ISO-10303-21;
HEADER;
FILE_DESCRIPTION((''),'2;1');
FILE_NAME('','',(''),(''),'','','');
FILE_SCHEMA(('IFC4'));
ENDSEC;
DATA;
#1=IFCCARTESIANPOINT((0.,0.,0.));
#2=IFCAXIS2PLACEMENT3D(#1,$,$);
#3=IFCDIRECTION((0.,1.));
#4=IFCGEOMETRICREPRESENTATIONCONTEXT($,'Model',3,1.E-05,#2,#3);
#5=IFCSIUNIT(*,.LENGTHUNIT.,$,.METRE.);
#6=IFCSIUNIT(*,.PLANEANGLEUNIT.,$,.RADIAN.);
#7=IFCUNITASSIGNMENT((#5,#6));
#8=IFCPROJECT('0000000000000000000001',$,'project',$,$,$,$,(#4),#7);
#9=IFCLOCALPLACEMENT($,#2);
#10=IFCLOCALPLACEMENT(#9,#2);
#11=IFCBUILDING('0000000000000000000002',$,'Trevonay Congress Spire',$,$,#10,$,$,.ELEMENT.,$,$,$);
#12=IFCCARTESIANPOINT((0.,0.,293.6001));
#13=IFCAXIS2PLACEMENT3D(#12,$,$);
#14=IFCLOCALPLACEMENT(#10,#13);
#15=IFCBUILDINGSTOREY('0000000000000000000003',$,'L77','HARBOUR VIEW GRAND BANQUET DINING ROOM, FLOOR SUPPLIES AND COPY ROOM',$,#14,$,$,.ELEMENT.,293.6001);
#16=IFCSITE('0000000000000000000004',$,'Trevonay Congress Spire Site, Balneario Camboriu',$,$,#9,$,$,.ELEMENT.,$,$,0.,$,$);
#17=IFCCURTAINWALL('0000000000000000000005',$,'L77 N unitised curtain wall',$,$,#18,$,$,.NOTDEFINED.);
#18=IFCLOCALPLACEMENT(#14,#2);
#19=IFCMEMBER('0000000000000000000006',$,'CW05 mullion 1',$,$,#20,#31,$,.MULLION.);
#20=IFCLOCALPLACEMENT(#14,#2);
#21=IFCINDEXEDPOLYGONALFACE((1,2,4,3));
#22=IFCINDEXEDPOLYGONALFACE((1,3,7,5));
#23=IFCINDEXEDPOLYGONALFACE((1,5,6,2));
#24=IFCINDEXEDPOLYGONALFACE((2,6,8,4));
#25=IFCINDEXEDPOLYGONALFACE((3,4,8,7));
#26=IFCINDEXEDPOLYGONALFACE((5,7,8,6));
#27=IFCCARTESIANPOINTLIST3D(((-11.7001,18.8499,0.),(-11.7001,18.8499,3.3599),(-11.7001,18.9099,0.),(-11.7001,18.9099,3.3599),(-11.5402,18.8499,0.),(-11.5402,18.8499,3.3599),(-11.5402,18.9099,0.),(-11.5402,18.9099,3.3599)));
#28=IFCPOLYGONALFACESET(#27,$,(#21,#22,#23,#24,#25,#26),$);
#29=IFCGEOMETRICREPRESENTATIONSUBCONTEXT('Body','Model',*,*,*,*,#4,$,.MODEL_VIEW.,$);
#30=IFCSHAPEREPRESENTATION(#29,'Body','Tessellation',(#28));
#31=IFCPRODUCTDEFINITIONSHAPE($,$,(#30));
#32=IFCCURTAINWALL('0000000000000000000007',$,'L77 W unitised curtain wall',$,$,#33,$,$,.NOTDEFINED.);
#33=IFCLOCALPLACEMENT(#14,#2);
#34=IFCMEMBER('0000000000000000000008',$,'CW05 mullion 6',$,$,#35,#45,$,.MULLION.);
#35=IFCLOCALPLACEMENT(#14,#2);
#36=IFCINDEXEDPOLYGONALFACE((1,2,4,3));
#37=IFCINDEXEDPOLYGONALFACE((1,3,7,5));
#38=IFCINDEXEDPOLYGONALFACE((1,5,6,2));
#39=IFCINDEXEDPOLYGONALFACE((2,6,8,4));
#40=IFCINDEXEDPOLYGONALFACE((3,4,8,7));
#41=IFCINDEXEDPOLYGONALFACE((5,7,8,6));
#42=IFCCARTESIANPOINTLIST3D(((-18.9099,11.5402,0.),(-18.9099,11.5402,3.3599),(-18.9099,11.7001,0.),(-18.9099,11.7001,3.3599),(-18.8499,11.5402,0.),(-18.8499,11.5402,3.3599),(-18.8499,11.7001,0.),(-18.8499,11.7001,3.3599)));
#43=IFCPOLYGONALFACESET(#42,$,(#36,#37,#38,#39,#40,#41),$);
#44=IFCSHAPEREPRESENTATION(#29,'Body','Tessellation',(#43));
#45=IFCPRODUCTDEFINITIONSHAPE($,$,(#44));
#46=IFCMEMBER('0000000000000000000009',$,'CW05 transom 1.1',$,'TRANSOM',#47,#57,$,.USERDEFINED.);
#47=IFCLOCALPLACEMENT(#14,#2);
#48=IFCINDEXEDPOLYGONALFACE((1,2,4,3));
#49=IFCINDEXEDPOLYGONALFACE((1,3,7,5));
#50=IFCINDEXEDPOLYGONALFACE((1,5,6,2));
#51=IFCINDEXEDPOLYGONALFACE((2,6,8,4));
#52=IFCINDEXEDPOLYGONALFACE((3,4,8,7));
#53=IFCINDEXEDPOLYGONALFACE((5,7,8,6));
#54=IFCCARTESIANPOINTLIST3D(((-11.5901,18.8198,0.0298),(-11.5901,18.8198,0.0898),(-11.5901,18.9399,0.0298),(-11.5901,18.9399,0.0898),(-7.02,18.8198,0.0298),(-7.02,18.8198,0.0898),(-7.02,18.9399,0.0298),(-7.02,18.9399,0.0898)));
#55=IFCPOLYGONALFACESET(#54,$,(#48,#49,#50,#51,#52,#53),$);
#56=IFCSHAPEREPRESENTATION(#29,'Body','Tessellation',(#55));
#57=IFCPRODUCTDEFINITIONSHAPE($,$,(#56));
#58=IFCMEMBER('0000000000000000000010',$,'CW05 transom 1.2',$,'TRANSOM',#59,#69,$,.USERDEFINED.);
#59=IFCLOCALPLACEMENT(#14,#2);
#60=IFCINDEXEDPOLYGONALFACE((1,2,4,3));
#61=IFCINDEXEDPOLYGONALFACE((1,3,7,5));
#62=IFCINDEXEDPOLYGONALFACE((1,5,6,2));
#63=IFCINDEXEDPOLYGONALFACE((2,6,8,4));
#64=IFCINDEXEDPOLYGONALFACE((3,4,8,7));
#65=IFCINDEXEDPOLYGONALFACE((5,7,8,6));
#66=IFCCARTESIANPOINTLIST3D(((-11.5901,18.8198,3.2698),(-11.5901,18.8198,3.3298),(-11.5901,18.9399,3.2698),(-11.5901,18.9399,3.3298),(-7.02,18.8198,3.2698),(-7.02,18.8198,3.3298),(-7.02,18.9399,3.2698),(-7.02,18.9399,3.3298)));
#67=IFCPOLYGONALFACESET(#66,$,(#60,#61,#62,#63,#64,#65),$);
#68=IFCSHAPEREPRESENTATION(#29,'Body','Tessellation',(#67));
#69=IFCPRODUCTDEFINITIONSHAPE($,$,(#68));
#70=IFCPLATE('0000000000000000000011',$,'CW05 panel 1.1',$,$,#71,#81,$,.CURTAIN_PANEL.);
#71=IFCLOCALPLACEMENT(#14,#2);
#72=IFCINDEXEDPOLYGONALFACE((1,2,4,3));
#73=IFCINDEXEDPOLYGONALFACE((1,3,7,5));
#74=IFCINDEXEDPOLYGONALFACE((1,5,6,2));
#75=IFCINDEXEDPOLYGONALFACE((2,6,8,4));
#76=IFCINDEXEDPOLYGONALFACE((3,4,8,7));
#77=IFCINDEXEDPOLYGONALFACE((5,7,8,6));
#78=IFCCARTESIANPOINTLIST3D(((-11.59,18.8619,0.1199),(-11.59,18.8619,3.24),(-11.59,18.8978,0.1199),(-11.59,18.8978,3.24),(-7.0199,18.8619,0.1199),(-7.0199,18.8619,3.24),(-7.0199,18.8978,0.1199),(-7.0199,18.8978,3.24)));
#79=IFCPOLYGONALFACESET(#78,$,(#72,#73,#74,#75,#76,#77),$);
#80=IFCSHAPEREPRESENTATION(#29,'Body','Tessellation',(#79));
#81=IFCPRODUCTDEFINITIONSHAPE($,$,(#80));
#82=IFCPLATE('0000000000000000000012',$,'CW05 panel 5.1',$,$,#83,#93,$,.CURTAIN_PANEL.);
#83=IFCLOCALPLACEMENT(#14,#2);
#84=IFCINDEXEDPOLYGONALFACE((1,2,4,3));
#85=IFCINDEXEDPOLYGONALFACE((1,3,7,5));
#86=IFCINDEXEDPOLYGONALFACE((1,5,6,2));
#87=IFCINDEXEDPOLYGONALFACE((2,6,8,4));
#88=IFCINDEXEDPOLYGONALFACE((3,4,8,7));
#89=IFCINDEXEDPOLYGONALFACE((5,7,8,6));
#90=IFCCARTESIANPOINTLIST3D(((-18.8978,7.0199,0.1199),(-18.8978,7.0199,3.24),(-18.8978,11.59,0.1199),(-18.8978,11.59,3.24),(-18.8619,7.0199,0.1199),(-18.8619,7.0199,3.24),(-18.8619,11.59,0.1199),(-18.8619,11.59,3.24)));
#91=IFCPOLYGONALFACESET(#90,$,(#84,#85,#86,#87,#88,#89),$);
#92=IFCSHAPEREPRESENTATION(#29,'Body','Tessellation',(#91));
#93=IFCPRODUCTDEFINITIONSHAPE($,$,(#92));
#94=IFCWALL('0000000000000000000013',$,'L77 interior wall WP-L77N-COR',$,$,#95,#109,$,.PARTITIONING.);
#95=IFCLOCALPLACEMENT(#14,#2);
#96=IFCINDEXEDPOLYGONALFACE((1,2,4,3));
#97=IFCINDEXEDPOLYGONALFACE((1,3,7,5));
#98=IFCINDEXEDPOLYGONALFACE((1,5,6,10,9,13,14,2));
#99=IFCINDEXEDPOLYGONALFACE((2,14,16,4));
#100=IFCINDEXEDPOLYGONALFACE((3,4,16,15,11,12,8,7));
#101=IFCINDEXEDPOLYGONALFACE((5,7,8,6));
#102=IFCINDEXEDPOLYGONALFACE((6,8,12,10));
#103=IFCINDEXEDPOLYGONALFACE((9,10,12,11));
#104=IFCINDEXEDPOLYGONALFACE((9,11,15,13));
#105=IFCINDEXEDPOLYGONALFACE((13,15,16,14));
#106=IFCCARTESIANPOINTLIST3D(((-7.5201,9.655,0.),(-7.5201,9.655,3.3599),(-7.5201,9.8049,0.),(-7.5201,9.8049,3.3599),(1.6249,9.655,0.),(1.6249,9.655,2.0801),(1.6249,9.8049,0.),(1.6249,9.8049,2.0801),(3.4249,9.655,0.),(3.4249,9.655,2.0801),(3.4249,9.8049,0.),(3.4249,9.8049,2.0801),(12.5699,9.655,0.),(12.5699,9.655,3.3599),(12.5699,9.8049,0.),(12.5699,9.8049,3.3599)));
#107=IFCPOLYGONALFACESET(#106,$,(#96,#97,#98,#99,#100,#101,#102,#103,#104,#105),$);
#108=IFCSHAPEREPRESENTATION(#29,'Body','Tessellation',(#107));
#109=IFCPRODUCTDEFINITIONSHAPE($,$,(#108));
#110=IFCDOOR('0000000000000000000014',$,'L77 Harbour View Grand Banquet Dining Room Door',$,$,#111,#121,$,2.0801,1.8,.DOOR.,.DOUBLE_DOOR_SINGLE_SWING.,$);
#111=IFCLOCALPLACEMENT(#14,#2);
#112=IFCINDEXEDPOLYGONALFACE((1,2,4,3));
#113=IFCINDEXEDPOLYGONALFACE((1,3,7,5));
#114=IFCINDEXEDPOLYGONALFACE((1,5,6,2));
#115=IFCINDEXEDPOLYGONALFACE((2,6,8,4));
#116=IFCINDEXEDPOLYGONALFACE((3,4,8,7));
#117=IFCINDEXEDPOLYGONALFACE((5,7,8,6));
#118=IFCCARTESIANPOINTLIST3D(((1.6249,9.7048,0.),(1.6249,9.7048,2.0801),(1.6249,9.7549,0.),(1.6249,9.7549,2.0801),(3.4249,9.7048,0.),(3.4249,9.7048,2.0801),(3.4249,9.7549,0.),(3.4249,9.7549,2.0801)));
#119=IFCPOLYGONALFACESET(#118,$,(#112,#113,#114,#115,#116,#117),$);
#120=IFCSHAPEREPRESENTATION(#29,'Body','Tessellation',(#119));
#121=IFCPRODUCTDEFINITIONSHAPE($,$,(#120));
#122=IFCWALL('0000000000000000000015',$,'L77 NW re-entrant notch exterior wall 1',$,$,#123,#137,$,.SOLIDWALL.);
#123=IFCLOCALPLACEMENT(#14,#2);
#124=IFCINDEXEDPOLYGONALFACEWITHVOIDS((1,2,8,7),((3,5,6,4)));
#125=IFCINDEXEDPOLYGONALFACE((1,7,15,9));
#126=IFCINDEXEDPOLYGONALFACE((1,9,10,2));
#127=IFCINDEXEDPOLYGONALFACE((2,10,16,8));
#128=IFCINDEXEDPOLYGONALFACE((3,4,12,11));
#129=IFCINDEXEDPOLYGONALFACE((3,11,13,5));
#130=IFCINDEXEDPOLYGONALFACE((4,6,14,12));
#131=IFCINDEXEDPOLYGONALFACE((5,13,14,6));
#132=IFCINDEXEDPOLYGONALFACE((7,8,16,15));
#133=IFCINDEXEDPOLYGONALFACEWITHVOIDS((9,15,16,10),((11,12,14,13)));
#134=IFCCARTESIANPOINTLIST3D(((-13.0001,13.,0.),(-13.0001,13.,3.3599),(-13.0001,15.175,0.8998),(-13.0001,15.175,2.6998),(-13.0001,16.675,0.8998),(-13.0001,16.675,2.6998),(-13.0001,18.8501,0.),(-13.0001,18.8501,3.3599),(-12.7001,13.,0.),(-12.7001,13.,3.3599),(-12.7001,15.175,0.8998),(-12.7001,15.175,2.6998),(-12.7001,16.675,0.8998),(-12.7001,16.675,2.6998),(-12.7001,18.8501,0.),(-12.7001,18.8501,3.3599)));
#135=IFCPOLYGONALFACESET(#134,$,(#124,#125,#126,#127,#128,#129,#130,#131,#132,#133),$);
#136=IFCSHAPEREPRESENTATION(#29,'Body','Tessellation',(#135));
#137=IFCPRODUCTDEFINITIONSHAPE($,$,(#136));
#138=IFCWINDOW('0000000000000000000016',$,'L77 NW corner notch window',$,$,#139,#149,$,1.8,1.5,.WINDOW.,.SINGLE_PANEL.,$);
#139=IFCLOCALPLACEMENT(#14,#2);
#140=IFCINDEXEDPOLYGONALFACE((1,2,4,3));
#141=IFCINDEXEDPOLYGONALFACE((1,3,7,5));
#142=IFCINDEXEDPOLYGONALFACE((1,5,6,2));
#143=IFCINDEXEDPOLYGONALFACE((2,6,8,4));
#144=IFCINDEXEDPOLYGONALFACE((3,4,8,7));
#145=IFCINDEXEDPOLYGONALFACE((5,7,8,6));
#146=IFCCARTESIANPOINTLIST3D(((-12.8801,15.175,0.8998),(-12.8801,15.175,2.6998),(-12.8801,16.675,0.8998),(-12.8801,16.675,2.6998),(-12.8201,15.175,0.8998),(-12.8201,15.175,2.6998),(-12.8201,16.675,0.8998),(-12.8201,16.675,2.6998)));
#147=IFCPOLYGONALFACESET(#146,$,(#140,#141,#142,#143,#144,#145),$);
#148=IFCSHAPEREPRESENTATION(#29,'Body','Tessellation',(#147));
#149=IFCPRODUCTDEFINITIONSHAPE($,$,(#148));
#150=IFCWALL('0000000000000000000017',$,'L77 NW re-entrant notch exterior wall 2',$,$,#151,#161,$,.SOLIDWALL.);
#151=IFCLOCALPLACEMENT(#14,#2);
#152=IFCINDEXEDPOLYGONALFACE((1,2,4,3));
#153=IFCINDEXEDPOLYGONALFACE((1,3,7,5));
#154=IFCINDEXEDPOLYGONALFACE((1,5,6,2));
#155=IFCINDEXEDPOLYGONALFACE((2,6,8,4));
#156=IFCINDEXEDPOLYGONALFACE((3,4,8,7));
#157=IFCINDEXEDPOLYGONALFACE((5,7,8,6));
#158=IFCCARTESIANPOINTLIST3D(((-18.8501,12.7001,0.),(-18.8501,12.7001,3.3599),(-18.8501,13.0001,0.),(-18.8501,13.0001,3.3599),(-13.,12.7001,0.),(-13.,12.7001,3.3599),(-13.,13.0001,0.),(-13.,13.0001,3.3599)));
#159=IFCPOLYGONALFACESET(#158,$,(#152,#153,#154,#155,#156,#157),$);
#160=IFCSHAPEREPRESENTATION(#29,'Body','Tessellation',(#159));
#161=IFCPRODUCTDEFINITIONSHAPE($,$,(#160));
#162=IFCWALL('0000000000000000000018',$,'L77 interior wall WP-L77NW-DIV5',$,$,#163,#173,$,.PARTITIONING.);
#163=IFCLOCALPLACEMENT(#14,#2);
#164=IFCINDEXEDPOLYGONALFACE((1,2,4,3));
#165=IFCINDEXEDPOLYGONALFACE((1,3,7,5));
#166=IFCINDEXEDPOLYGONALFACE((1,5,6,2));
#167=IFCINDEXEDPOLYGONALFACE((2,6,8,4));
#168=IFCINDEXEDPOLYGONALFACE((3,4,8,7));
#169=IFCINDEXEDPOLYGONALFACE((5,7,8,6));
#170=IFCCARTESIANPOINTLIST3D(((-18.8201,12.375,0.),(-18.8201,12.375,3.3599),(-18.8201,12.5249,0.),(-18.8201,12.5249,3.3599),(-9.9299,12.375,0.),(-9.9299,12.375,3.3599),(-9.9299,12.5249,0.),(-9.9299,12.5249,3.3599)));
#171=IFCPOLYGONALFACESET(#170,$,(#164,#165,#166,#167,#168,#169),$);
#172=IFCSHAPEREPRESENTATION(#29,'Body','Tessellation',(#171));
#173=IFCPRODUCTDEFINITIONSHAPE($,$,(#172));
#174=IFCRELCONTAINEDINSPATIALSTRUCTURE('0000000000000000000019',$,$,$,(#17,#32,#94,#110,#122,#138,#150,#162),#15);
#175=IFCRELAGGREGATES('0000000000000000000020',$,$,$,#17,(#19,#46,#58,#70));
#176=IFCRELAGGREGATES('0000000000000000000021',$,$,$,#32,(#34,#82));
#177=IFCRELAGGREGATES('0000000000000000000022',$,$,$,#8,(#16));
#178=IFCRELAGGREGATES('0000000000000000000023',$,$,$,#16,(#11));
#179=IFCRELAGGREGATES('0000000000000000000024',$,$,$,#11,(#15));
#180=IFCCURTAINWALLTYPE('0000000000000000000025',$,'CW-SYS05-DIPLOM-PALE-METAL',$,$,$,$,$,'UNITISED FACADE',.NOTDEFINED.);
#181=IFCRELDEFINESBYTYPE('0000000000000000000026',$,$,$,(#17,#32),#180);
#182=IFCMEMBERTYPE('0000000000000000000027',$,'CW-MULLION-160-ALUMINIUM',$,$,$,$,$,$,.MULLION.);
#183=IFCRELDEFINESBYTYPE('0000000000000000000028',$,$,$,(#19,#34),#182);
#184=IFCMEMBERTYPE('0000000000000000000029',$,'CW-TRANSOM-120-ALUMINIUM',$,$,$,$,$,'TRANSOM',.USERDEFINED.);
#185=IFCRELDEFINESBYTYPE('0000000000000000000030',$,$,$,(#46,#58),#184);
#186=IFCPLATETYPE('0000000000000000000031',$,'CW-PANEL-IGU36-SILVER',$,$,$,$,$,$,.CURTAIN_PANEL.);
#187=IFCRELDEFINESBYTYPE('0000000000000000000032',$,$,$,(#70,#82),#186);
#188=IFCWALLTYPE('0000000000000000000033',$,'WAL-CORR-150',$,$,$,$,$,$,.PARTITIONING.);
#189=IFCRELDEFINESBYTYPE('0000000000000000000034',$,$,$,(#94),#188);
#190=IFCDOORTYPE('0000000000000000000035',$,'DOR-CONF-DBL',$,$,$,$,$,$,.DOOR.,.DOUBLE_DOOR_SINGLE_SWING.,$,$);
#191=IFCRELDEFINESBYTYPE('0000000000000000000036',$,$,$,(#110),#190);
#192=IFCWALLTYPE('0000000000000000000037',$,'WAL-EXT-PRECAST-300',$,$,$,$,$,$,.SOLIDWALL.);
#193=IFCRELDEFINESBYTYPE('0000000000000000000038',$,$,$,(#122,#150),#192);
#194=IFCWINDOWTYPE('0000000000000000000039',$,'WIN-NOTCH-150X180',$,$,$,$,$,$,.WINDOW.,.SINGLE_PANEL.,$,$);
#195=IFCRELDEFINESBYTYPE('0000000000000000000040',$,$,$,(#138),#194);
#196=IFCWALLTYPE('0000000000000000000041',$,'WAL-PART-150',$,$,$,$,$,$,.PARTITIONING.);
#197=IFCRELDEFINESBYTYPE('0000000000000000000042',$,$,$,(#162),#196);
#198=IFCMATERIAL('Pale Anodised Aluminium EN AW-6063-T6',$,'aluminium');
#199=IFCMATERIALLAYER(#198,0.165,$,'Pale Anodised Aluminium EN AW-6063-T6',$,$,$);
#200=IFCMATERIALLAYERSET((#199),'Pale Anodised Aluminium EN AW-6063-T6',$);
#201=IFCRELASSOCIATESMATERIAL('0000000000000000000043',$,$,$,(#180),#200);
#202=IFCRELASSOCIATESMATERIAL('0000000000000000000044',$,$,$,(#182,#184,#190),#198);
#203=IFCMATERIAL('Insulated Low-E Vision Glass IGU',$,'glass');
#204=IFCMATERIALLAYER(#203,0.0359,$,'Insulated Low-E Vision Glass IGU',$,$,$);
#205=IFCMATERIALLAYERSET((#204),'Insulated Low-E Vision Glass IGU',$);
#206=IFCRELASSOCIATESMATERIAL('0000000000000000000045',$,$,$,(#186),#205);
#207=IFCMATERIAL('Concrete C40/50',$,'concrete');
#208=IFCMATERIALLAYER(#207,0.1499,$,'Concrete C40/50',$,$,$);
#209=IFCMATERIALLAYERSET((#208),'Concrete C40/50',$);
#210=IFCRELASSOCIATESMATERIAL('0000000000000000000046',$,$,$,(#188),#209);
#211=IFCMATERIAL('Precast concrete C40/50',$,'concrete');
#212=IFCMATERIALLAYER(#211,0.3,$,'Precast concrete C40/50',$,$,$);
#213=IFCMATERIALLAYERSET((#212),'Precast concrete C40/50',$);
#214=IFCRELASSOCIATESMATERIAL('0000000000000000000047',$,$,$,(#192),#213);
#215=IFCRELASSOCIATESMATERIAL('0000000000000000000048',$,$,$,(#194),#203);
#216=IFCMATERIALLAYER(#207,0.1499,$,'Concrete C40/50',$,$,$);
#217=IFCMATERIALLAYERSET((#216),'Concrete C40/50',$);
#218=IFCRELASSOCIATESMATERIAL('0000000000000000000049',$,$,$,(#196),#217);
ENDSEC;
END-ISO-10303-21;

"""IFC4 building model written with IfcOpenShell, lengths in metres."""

from ifc_helpers import new_model, si_unit, direction, frame, frame_2d, origin, origin_2d, place, context, subcontext, project, spatial, rectangle, extrude, material, layer, layer_set, material_profile, profile_set, type_object, element, fill, aggregate, save


model = new_model("IFC4")

# Units and contexts
model_context = context("Model", 3, precision=1e-05, world=origin(), true_north=direction((0.0, 1.0)))
body_context = subcontext(model_context, "Body", "Model", "MODEL_VIEW")
ifc_project = project(units=[si_unit("LENGTHUNIT", "METRE"), si_unit("PLANEANGLEUNIT", "RADIAN")], contexts=[model_context])

# Site, building, storey
site_placement = place(None, origin())
site = spatial("IfcSite", under=ifc_project, at=site_placement, Name="Trevonay Congress Spire Site, Balneario Camboriu", CompositionType="ELEMENT", RefElevation=0.0)
building_placement = place(site_placement, origin())
building = spatial("IfcBuilding", under=site, at=building_placement, Name="Trevonay Congress Spire", CompositionType="ELEMENT")
storey_placement = place(building_placement, frame((0.0, 0.0, 293.6001)))
storey = spatial("IfcBuildingStorey", under=building, at=storey_placement, Name="L77", Description="HARBOUR VIEW GRAND BANQUET DINING ROOM, FLOOR SUPPLIES AND COPY ROOM", CompositionType="ELEMENT", Elevation=293.6001)

# Curtain walls, members
ifc_material_1 = material(Name="Pale Anodised Aluminium EN AW-6063-T6", Category="aluminium")
ifc_layer_1 = layer(ifc_material_1, 0.165, Name="Pale Anodised Aluminium EN AW-6063-T6")
ifc_layer_set_1 = layer_set([ifc_layer_1], Name="Pale Anodised Aluminium EN AW-6063-T6")
curtain_wall_type = type_object("IfcCurtainWallType", Name="CW-SYS05-DIPLOM-PALE-METAL", ElementType="UNITISED FACADE", PredefinedType="NOTDEFINED", material=ifc_layer_set_1)
curtain_wall_1_placement = place(storey_placement, origin())
curtain_wall_1 = element("IfcCurtainWall", 1, at=curtain_wall_1_placement, inside=storey, type_object=curtain_wall_type, Name="L77 N unitised curtain wall", PredefinedType="NOTDEFINED")
ifc_material_profile_1 = material_profile(ifc_material_1, rectangle(XDim=0.0601, YDim=0.1599, at=origin_2d()), Name="CW-MULLION-160-ALUMINIUM")
ifc_profile_set_1 = profile_set([ifc_material_profile_1], Name="Pale Anodised Aluminium EN AW-6063-T6")
member_type_1 = type_object("IfcMemberType", Name="CW-MULLION-160-ALUMINIUM", PredefinedType="MULLION", material=ifc_profile_set_1)
member_1_placement = place(storey_placement, frame((-11.6201, 18.8799, 0.0), z_axis=(0.0, 0.0, 1.0), x_axis=(0.0, 1.0, 0.0)))
member_1 = element("IfcMember", 2, at=member_1_placement, type_object=member_type_1, Name="CW05 mullion 1", PredefinedType="MULLION", context=body_context, shape_type="SweptSolid", body=[
    extrude(rectangle(XDim=0.0601, YDim=0.1599, at=origin_2d()), origin(), (0.0, 0.0, 1.0), 3.3599),
])
curtain_wall_2_placement = place(storey_placement, origin())
curtain_wall_2 = element("IfcCurtainWall", 3, at=curtain_wall_2_placement, inside=storey, type_object=curtain_wall_type, Name="L77 W unitised curtain wall", PredefinedType="NOTDEFINED")
member_2_placement = place(storey_placement, frame((-18.8799, 11.6201, 0.0), z_axis=(0.0, 0.0, 1.0), x_axis=(-1.0, 0.0, 0.0)))
member_2 = element("IfcMember", 4, at=member_2_placement, type_object=member_type_1, Name="CW05 mullion 6", PredefinedType="MULLION", context=body_context, shape_type="SweptSolid", body=[
    extrude(rectangle(XDim=0.0601, YDim=0.1599, at=origin_2d()), origin(), (0.0, 0.0, 1.0), 3.3599),
])

# Members
ifc_material_profile_2 = material_profile(ifc_material_1, rectangle(XDim=0.1201, YDim=0.0601, at=origin_2d()), Name="CW-TRANSOM-120-ALUMINIUM")
ifc_profile_set_2 = profile_set([ifc_material_profile_2], Name="Pale Anodised Aluminium EN AW-6063-T6")
member_type_2 = type_object("IfcMemberType", Name="CW-TRANSOM-120-ALUMINIUM", ElementType="TRANSOM", PredefinedType="USERDEFINED", material=ifc_profile_set_2)
member_3_placement = place(storey_placement, frame((-11.5901, 18.8799, 0.0598), z_axis=(1.0, 0.0, 0.0), x_axis=(0.0, 1.0, 0.0)))
member_3 = element("IfcMember", 5, at=member_3_placement, type_object=member_type_2, Name="CW05 transom 1.1", ObjectType="TRANSOM", PredefinedType="USERDEFINED", context=body_context, shape_type="SweptSolid", body=[
    extrude(rectangle(XDim=0.1201, YDim=0.0601, at=origin_2d()), origin(), (0.0, 0.0, 1.0), 4.5701),
])
member_4_placement = place(storey_placement, frame((-11.5901, 18.8799, 3.2998), z_axis=(1.0, 0.0, 0.0), x_axis=(0.0, 1.0, 0.0)))
member_4 = element("IfcMember", 6, at=member_4_placement, type_object=member_type_2, Name="CW05 transom 1.2", ObjectType="TRANSOM", PredefinedType="USERDEFINED", context=body_context, shape_type="SweptSolid", body=[
    extrude(rectangle(XDim=0.1201, YDim=0.0601, at=origin_2d()), origin(), (0.0, 0.0, 1.0), 4.5701),
])

# Plates
ifc_material_2 = material(Name="Insulated Low-E Vision Glass IGU", Category="glass")
ifc_layer_2 = layer(ifc_material_2, 0.0359, Name="Insulated Low-E Vision Glass IGU")
ifc_layer_set_2 = layer_set([ifc_layer_2], Name="Insulated Low-E Vision Glass IGU")
plate_type = type_object("IfcPlateType", Name="CW-PANEL-IGU36-SILVER", PredefinedType="CURTAIN_PANEL", material=ifc_layer_set_2)
plate_1_placement = place(storey_placement, frame((-9.3049, 18.8799, 0.1199), z_axis=(0.0, 0.0, 1.0), x_axis=(1.0, 0.0, 0.0)))
plate_1 = element("IfcPlate", 7, at=plate_1_placement, type_object=plate_type, Name="CW05 panel 1.1", PredefinedType="CURTAIN_PANEL", context=body_context, shape_type="SweptSolid", body=[
    extrude(rectangle(XDim=4.5701, YDim=0.0359, at=origin_2d()), origin(), (0.0, 0.0, 1.0), 3.1201),
])
aggregate(curtain_wall_1, [member_1, member_3, member_4, plate_1])
plate_2_placement = place(storey_placement, frame((-18.8799, 9.3049, 0.1199), z_axis=(0.0, 0.0, 1.0), x_axis=(0.0, 1.0, 0.0)))
plate_2 = element("IfcPlate", 8, at=plate_2_placement, type_object=plate_type, Name="CW05 panel 5.1", PredefinedType="CURTAIN_PANEL", context=body_context, shape_type="SweptSolid", body=[
    extrude(rectangle(XDim=4.5701, YDim=0.0359, at=origin_2d()), origin(), (0.0, 0.0, 1.0), 3.1201),
])
aggregate(curtain_wall_2, [member_2, plate_2])

# Wall, opening, door
ifc_material_3 = material(Name="Concrete C40/50", Category="concrete")
ifc_layer_3 = layer(ifc_material_3, 0.1499, Name="Concrete C40/50")
ifc_layer_set_3 = layer_set([ifc_layer_3], Name="Concrete C40/50")
wall_type_1 = type_object("IfcWallType", Name="WAL-CORR-150", PredefinedType="PARTITIONING", material=ifc_layer_set_3)
wall_1_placement = place(storey_placement, frame((-7.52, 9.73, 0.0), z_axis=(0.0, 0.0, 1.0), x_axis=(1.0, 0.0, 0.0)))
wall_1 = element("IfcWall", 9, at=wall_1_placement, inside=storey, type_object=wall_type_1, Name="L77 interior wall WP-L77N-COR", PredefinedType="PARTITIONING", context=body_context, shape_type="SweptSolid", body=[
    extrude(rectangle(XDim=20.0901, YDim=0.1499, at=frame_2d((10.0449, 0.0))), origin(), (0.0, 0.0, 1.0), 3.3599),
])
opening_1_placement = place(wall_1_placement, frame((9.145, 0.0, 0.0)))
opening_1 = element("IfcOpeningElement", 10, at=opening_1_placement, cuts=wall_1, PredefinedType="OPENING", context=body_context, shape_type="SweptSolid", body=[
    extrude(rectangle(XDim=1.8, YDim=2.0801, at=frame_2d((0.8999, 1.04))), frame((0.0, 0.085, 0.0), z_axis=(0.0, -1.0, 0.0), x_axis=(1.0, 0.0, 0.0)), (0.0, 0.0, 1.0), 0.1699),
])
door_type = type_object("IfcDoorType", Name="DOR-CONF-DBL", OperationType="DOUBLE_DOOR_SINGLE_SWING", PredefinedType="DOOR", material=ifc_material_1)
door_placement = place(opening_1_placement, origin())
door = element("IfcDoor", 11, at=door_placement, inside=storey, type_object=door_type, Name="L77 Harbour View Grand Banquet Dining Room Door", OperationType="DOUBLE_DOOR_SINGLE_SWING", OverallHeight=2.0801, OverallWidth=1.8, PredefinedType="DOOR", context=body_context, shape_type="SweptSolid", body=[
    extrude(rectangle(XDim=1.8, YDim=2.0801, at=frame_2d((0.8999, 1.04))), frame((0.0, 0.0249, 0.0), z_axis=(0.0, -1.0, 0.0), x_axis=(1.0, 0.0, 0.0)), (0.0, 0.0, 1.0), 0.05),
])
fill(opening_1, door)

# Wall, opening, window
ifc_material_4 = material(Name="Precast concrete C40/50", Category="concrete")
ifc_layer_4 = layer(ifc_material_4, 0.3, Name="Precast concrete C40/50")
ifc_layer_set_4 = layer_set([ifc_layer_4], Name="Precast concrete C40/50")
wall_type_2 = type_object("IfcWallType", Name="WAL-EXT-PRECAST-300", PredefinedType="SOLIDWALL", material=ifc_layer_set_4)
wall_2_placement = place(storey_placement, frame((-12.8501, 18.8501, 0.0), z_axis=(0.0, 0.0, 1.0), x_axis=(0.0, -1.0, 0.0)))
wall_2 = element("IfcWall", 12, at=wall_2_placement, inside=storey, type_object=wall_type_2, Name="L77 NW re-entrant notch exterior wall 1", PredefinedType="SOLIDWALL", context=body_context, shape_type="SweptSolid", body=[
    extrude(rectangle(XDim=5.8501, YDim=0.3, at=frame_2d((2.925, 0.0))), origin(), (0.0, 0.0, 1.0), 3.3599),
])
opening_2_placement = place(wall_2_placement, frame((2.175, 0.0, 0.8999)))
opening_2 = element("IfcOpeningElement", 13, at=opening_2_placement, cuts=wall_2, PredefinedType="OPENING", context=body_context, shape_type="SweptSolid", body=[
    extrude(rectangle(XDim=1.5, YDim=1.8, at=frame_2d((0.75, 0.8999))), frame((0.0, 0.1602, 0.0), z_axis=(0.0, -1.0, 0.0), x_axis=(1.0, 0.0, 0.0)), (0.0, 0.0, 1.0), 0.3201),
])
window_type = type_object("IfcWindowType", Name="WIN-NOTCH-150X180", PartitioningType="SINGLE_PANEL", PredefinedType="WINDOW", material=ifc_material_2)
window_placement = place(opening_2_placement, origin())
window = element("IfcWindow", 14, at=window_placement, inside=storey, type_object=window_type, Name="L77 NW corner notch window", OverallHeight=1.8, OverallWidth=1.5, PartitioningType="SINGLE_PANEL", PredefinedType="WINDOW", context=body_context, shape_type="SweptSolid", body=[
    extrude(rectangle(XDim=1.5, YDim=1.8, at=frame_2d((0.75, 0.8999))), frame((0.0, 0.03, 0.0), z_axis=(0.0, -1.0, 0.0), x_axis=(1.0, 0.0, 0.0)), (0.0, 0.0, 1.0), 0.0601),
])
fill(opening_2, window)

# Walls
wall_3_placement = place(storey_placement, frame((-18.8501, 12.8501, 0.0), z_axis=(0.0, 0.0, 1.0), x_axis=(1.0, 0.0, 0.0)))
element("IfcWall", 15, at=wall_3_placement, inside=storey, type_object=wall_type_2, Name="L77 NW re-entrant notch exterior wall 2", PredefinedType="SOLIDWALL", context=body_context, shape_type="SweptSolid", body=[
    extrude(rectangle(XDim=5.8501, YDim=0.3, at=frame_2d((2.925, 0.0))), origin(), (0.0, 0.0, 1.0), 3.3599),
])
ifc_layer_5 = layer(ifc_material_3, 0.1499, Name="Concrete C40/50")
ifc_layer_set_5 = layer_set([ifc_layer_5], Name="Concrete C40/50")
wall_type_3 = type_object("IfcWallType", Name="WAL-PART-150", PredefinedType="PARTITIONING", material=ifc_layer_set_5)
wall_4_placement = place(storey_placement, frame((-18.8201, 12.45, 0.0), z_axis=(0.0, 0.0, 1.0), x_axis=(1.0, 0.0, 0.0)))
element("IfcWall", 16, at=wall_4_placement, inside=storey, type_object=wall_type_3, Name="L77 interior wall WP-L77NW-DIV5", PredefinedType="PARTITIONING", context=body_context, shape_type="SweptSolid", body=[
    extrude(rectangle(XDim=8.8901, YDim=0.1499, at=frame_2d((4.4451, 0.0))), origin(), (0.0, 0.0, 1.0), 3.3599),
])

save(model, "model.ifc")
